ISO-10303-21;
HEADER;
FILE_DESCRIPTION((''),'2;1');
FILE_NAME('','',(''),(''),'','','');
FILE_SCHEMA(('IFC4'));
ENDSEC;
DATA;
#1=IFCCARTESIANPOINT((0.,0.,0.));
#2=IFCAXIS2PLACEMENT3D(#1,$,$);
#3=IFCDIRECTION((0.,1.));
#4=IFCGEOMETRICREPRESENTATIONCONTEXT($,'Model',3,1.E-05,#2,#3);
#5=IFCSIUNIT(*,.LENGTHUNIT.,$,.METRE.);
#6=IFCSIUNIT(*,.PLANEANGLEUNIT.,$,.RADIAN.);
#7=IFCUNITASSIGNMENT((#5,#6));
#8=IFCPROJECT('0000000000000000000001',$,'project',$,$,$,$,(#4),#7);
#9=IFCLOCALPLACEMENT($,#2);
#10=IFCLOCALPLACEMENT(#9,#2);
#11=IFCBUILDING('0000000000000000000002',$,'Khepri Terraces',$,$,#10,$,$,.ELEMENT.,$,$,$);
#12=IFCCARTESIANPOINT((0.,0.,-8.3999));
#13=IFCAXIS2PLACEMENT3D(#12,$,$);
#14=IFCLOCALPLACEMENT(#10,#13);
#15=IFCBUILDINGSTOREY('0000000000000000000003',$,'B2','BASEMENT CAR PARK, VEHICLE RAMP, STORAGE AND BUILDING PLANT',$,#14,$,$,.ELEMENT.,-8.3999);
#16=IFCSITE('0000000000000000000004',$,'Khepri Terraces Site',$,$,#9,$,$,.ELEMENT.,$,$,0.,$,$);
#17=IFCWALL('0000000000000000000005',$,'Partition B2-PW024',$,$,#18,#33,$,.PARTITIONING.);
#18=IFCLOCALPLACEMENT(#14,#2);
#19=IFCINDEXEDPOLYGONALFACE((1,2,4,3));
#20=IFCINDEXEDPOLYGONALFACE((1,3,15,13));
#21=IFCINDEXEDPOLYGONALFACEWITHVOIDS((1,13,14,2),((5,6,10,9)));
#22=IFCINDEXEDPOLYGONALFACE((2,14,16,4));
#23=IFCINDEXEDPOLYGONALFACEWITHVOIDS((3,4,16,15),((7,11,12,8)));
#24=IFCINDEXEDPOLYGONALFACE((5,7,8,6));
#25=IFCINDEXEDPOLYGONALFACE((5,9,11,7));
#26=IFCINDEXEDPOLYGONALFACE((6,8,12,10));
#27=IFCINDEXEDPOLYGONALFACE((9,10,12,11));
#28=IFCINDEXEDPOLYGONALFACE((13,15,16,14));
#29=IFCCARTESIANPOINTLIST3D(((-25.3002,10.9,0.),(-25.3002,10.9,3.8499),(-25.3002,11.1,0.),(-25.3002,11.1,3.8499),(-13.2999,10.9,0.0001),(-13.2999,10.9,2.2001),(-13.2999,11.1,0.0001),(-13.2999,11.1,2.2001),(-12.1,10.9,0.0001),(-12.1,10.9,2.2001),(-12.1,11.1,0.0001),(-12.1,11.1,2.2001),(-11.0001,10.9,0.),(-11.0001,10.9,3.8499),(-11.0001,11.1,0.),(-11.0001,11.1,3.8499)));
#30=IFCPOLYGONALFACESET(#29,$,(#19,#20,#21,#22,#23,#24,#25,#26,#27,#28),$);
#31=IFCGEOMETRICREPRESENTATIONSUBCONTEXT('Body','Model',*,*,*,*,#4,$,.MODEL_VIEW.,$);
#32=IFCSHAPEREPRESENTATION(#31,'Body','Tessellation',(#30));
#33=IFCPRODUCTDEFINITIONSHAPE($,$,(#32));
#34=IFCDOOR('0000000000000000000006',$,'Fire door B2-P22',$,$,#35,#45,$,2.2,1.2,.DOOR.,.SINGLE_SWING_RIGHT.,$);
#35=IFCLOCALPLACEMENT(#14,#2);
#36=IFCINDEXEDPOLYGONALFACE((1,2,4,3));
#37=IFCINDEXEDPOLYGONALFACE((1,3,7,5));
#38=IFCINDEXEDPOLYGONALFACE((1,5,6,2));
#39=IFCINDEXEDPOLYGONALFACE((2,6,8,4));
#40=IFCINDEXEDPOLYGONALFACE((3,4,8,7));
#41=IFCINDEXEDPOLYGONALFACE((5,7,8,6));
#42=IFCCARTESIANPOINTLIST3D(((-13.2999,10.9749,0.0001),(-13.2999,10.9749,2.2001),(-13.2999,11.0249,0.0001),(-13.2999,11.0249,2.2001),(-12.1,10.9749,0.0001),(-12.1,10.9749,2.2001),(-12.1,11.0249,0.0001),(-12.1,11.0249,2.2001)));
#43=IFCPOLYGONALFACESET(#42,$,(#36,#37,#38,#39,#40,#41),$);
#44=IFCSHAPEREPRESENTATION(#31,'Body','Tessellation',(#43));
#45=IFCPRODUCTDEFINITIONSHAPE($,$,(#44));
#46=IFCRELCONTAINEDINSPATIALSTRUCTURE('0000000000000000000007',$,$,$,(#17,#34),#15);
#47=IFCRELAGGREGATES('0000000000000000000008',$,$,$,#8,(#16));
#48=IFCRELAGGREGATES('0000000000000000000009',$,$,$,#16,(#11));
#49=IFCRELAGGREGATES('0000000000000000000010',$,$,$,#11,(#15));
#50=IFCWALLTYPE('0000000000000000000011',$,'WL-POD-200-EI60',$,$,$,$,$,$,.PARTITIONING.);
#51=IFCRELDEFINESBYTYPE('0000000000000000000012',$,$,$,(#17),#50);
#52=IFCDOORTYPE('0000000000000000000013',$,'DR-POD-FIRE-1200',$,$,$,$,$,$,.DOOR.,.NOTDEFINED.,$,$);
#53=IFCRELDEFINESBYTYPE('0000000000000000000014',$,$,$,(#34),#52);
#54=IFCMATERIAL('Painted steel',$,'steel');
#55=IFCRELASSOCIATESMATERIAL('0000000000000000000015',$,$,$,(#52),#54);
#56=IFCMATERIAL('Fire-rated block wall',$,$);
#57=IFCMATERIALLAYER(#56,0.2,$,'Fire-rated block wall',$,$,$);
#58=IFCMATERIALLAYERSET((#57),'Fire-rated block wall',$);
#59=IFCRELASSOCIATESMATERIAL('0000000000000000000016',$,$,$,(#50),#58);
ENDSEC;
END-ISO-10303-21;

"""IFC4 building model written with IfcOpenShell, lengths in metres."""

from ifc_helpers import new_model, si_unit, direction, frame, frame_2d, origin, place, context, subcontext, project, spatial, rectangle, extrude, material, layer, layer_set, type_object, element, fill, save


model = new_model("IFC4")

# Units and contexts
model_context = context("Model", 3, precision=1e-05, world=origin(), true_north=direction((0.0, 1.0)))
body_context = subcontext(model_context, "Body", "Model", "MODEL_VIEW")
ifc_project = project(units=[si_unit("LENGTHUNIT", "METRE"), si_unit("PLANEANGLEUNIT", "RADIAN")], contexts=[model_context])

# Site, building, storey
site_placement = place(None, origin())
site = spatial("IfcSite", under=ifc_project, at=site_placement, Name="Khepri Terraces Site", CompositionType="ELEMENT", RefElevation=0.0)
building_placement = place(site_placement, origin())
building = spatial("IfcBuilding", under=site, at=building_placement, Name="Khepri Terraces", CompositionType="ELEMENT")
storey_placement = place(building_placement, frame((0.0, 0.0, -8.3999)))
storey = spatial("IfcBuildingStorey", under=building, at=storey_placement, Name="B2", Description="BASEMENT CAR PARK, VEHICLE RAMP, STORAGE AND BUILDING PLANT", CompositionType="ELEMENT", Elevation=-8.3999)

# Shared definitions
ifc_material_1 = material(Name="Fire-rated block wall")
ifc_material_2 = material(Name="Painted steel", Category="steel")
door_type_1 = type_object("IfcDoorType", Name="DR-POD-FIRE-1200", OperationType="NOTDEFINED", PredefinedType="DOOR", material=ifc_material_2)

# Wall, opening, door
ifc_layer_1 = layer(ifc_material_1, 0.2, Name="Fire-rated block wall")
ifc_layer_set_1 = layer_set([ifc_layer_1], Name="Fire-rated block wall")
wall_type_1 = type_object("IfcWallType", Name="WL-POD-200-EI60", PredefinedType="PARTITIONING", material=ifc_layer_set_1)
wall_1_placement = place(storey_placement, frame((-25.3, 11.0, 0.0), z_axis=(0.0, 0.0, 1.0), x_axis=(1.0, 0.0, 0.0)))
wall_1 = element("IfcWall", 1, at=wall_1_placement, inside=storey, type_object=wall_type_1, Name="Partition B2-PW024", PredefinedType="PARTITIONING", context=body_context, shape_type="SweptSolid", body=[
    extrude(rectangle(XDim=14.3, YDim=0.2, at=frame_2d((7.1499, 0.0))), origin(), (0.0, 0.0, 1.0), 3.8499),
])
opening_1_placement = place(wall_1_placement, frame((12.0, 0.0, 0.0)))
opening_1 = element("IfcOpeningElement", 2, at=opening_1_placement, cuts=wall_1, PredefinedType="OPENING", context=body_context, shape_type="SweptSolid", body=[
    extrude(rectangle(XDim=1.2, YDim=2.2, at=frame_2d((0.6001, 1.1001))), frame((0.0, 0.1099, 0.0), z_axis=(0.0, -1.0, 0.0), x_axis=(1.0, 0.0, 0.0)), (0.0, 0.0, 1.0), 0.22),
])
door_1_placement = place(opening_1_placement, origin())
door_1 = element("IfcDoor", 3, at=door_1_placement, inside=storey, type_object=door_type_1, Name="Fire door B2-P22", OperationType="SINGLE_SWING_RIGHT", OverallHeight=2.2, OverallWidth=1.2, PredefinedType="DOOR", context=body_context, shape_type="SweptSolid", body=[
    extrude(rectangle(XDim=1.2, YDim=2.2, at=frame_2d((0.6001, 1.1001))), frame((0.0, 0.0249, 0.0), z_axis=(0.0, -1.0, 0.0), x_axis=(1.0, 0.0, 0.0)), (0.0, 0.0, 1.0), 0.05),
])
fill(opening_1, door_1)

save(model, "model.ifc")
